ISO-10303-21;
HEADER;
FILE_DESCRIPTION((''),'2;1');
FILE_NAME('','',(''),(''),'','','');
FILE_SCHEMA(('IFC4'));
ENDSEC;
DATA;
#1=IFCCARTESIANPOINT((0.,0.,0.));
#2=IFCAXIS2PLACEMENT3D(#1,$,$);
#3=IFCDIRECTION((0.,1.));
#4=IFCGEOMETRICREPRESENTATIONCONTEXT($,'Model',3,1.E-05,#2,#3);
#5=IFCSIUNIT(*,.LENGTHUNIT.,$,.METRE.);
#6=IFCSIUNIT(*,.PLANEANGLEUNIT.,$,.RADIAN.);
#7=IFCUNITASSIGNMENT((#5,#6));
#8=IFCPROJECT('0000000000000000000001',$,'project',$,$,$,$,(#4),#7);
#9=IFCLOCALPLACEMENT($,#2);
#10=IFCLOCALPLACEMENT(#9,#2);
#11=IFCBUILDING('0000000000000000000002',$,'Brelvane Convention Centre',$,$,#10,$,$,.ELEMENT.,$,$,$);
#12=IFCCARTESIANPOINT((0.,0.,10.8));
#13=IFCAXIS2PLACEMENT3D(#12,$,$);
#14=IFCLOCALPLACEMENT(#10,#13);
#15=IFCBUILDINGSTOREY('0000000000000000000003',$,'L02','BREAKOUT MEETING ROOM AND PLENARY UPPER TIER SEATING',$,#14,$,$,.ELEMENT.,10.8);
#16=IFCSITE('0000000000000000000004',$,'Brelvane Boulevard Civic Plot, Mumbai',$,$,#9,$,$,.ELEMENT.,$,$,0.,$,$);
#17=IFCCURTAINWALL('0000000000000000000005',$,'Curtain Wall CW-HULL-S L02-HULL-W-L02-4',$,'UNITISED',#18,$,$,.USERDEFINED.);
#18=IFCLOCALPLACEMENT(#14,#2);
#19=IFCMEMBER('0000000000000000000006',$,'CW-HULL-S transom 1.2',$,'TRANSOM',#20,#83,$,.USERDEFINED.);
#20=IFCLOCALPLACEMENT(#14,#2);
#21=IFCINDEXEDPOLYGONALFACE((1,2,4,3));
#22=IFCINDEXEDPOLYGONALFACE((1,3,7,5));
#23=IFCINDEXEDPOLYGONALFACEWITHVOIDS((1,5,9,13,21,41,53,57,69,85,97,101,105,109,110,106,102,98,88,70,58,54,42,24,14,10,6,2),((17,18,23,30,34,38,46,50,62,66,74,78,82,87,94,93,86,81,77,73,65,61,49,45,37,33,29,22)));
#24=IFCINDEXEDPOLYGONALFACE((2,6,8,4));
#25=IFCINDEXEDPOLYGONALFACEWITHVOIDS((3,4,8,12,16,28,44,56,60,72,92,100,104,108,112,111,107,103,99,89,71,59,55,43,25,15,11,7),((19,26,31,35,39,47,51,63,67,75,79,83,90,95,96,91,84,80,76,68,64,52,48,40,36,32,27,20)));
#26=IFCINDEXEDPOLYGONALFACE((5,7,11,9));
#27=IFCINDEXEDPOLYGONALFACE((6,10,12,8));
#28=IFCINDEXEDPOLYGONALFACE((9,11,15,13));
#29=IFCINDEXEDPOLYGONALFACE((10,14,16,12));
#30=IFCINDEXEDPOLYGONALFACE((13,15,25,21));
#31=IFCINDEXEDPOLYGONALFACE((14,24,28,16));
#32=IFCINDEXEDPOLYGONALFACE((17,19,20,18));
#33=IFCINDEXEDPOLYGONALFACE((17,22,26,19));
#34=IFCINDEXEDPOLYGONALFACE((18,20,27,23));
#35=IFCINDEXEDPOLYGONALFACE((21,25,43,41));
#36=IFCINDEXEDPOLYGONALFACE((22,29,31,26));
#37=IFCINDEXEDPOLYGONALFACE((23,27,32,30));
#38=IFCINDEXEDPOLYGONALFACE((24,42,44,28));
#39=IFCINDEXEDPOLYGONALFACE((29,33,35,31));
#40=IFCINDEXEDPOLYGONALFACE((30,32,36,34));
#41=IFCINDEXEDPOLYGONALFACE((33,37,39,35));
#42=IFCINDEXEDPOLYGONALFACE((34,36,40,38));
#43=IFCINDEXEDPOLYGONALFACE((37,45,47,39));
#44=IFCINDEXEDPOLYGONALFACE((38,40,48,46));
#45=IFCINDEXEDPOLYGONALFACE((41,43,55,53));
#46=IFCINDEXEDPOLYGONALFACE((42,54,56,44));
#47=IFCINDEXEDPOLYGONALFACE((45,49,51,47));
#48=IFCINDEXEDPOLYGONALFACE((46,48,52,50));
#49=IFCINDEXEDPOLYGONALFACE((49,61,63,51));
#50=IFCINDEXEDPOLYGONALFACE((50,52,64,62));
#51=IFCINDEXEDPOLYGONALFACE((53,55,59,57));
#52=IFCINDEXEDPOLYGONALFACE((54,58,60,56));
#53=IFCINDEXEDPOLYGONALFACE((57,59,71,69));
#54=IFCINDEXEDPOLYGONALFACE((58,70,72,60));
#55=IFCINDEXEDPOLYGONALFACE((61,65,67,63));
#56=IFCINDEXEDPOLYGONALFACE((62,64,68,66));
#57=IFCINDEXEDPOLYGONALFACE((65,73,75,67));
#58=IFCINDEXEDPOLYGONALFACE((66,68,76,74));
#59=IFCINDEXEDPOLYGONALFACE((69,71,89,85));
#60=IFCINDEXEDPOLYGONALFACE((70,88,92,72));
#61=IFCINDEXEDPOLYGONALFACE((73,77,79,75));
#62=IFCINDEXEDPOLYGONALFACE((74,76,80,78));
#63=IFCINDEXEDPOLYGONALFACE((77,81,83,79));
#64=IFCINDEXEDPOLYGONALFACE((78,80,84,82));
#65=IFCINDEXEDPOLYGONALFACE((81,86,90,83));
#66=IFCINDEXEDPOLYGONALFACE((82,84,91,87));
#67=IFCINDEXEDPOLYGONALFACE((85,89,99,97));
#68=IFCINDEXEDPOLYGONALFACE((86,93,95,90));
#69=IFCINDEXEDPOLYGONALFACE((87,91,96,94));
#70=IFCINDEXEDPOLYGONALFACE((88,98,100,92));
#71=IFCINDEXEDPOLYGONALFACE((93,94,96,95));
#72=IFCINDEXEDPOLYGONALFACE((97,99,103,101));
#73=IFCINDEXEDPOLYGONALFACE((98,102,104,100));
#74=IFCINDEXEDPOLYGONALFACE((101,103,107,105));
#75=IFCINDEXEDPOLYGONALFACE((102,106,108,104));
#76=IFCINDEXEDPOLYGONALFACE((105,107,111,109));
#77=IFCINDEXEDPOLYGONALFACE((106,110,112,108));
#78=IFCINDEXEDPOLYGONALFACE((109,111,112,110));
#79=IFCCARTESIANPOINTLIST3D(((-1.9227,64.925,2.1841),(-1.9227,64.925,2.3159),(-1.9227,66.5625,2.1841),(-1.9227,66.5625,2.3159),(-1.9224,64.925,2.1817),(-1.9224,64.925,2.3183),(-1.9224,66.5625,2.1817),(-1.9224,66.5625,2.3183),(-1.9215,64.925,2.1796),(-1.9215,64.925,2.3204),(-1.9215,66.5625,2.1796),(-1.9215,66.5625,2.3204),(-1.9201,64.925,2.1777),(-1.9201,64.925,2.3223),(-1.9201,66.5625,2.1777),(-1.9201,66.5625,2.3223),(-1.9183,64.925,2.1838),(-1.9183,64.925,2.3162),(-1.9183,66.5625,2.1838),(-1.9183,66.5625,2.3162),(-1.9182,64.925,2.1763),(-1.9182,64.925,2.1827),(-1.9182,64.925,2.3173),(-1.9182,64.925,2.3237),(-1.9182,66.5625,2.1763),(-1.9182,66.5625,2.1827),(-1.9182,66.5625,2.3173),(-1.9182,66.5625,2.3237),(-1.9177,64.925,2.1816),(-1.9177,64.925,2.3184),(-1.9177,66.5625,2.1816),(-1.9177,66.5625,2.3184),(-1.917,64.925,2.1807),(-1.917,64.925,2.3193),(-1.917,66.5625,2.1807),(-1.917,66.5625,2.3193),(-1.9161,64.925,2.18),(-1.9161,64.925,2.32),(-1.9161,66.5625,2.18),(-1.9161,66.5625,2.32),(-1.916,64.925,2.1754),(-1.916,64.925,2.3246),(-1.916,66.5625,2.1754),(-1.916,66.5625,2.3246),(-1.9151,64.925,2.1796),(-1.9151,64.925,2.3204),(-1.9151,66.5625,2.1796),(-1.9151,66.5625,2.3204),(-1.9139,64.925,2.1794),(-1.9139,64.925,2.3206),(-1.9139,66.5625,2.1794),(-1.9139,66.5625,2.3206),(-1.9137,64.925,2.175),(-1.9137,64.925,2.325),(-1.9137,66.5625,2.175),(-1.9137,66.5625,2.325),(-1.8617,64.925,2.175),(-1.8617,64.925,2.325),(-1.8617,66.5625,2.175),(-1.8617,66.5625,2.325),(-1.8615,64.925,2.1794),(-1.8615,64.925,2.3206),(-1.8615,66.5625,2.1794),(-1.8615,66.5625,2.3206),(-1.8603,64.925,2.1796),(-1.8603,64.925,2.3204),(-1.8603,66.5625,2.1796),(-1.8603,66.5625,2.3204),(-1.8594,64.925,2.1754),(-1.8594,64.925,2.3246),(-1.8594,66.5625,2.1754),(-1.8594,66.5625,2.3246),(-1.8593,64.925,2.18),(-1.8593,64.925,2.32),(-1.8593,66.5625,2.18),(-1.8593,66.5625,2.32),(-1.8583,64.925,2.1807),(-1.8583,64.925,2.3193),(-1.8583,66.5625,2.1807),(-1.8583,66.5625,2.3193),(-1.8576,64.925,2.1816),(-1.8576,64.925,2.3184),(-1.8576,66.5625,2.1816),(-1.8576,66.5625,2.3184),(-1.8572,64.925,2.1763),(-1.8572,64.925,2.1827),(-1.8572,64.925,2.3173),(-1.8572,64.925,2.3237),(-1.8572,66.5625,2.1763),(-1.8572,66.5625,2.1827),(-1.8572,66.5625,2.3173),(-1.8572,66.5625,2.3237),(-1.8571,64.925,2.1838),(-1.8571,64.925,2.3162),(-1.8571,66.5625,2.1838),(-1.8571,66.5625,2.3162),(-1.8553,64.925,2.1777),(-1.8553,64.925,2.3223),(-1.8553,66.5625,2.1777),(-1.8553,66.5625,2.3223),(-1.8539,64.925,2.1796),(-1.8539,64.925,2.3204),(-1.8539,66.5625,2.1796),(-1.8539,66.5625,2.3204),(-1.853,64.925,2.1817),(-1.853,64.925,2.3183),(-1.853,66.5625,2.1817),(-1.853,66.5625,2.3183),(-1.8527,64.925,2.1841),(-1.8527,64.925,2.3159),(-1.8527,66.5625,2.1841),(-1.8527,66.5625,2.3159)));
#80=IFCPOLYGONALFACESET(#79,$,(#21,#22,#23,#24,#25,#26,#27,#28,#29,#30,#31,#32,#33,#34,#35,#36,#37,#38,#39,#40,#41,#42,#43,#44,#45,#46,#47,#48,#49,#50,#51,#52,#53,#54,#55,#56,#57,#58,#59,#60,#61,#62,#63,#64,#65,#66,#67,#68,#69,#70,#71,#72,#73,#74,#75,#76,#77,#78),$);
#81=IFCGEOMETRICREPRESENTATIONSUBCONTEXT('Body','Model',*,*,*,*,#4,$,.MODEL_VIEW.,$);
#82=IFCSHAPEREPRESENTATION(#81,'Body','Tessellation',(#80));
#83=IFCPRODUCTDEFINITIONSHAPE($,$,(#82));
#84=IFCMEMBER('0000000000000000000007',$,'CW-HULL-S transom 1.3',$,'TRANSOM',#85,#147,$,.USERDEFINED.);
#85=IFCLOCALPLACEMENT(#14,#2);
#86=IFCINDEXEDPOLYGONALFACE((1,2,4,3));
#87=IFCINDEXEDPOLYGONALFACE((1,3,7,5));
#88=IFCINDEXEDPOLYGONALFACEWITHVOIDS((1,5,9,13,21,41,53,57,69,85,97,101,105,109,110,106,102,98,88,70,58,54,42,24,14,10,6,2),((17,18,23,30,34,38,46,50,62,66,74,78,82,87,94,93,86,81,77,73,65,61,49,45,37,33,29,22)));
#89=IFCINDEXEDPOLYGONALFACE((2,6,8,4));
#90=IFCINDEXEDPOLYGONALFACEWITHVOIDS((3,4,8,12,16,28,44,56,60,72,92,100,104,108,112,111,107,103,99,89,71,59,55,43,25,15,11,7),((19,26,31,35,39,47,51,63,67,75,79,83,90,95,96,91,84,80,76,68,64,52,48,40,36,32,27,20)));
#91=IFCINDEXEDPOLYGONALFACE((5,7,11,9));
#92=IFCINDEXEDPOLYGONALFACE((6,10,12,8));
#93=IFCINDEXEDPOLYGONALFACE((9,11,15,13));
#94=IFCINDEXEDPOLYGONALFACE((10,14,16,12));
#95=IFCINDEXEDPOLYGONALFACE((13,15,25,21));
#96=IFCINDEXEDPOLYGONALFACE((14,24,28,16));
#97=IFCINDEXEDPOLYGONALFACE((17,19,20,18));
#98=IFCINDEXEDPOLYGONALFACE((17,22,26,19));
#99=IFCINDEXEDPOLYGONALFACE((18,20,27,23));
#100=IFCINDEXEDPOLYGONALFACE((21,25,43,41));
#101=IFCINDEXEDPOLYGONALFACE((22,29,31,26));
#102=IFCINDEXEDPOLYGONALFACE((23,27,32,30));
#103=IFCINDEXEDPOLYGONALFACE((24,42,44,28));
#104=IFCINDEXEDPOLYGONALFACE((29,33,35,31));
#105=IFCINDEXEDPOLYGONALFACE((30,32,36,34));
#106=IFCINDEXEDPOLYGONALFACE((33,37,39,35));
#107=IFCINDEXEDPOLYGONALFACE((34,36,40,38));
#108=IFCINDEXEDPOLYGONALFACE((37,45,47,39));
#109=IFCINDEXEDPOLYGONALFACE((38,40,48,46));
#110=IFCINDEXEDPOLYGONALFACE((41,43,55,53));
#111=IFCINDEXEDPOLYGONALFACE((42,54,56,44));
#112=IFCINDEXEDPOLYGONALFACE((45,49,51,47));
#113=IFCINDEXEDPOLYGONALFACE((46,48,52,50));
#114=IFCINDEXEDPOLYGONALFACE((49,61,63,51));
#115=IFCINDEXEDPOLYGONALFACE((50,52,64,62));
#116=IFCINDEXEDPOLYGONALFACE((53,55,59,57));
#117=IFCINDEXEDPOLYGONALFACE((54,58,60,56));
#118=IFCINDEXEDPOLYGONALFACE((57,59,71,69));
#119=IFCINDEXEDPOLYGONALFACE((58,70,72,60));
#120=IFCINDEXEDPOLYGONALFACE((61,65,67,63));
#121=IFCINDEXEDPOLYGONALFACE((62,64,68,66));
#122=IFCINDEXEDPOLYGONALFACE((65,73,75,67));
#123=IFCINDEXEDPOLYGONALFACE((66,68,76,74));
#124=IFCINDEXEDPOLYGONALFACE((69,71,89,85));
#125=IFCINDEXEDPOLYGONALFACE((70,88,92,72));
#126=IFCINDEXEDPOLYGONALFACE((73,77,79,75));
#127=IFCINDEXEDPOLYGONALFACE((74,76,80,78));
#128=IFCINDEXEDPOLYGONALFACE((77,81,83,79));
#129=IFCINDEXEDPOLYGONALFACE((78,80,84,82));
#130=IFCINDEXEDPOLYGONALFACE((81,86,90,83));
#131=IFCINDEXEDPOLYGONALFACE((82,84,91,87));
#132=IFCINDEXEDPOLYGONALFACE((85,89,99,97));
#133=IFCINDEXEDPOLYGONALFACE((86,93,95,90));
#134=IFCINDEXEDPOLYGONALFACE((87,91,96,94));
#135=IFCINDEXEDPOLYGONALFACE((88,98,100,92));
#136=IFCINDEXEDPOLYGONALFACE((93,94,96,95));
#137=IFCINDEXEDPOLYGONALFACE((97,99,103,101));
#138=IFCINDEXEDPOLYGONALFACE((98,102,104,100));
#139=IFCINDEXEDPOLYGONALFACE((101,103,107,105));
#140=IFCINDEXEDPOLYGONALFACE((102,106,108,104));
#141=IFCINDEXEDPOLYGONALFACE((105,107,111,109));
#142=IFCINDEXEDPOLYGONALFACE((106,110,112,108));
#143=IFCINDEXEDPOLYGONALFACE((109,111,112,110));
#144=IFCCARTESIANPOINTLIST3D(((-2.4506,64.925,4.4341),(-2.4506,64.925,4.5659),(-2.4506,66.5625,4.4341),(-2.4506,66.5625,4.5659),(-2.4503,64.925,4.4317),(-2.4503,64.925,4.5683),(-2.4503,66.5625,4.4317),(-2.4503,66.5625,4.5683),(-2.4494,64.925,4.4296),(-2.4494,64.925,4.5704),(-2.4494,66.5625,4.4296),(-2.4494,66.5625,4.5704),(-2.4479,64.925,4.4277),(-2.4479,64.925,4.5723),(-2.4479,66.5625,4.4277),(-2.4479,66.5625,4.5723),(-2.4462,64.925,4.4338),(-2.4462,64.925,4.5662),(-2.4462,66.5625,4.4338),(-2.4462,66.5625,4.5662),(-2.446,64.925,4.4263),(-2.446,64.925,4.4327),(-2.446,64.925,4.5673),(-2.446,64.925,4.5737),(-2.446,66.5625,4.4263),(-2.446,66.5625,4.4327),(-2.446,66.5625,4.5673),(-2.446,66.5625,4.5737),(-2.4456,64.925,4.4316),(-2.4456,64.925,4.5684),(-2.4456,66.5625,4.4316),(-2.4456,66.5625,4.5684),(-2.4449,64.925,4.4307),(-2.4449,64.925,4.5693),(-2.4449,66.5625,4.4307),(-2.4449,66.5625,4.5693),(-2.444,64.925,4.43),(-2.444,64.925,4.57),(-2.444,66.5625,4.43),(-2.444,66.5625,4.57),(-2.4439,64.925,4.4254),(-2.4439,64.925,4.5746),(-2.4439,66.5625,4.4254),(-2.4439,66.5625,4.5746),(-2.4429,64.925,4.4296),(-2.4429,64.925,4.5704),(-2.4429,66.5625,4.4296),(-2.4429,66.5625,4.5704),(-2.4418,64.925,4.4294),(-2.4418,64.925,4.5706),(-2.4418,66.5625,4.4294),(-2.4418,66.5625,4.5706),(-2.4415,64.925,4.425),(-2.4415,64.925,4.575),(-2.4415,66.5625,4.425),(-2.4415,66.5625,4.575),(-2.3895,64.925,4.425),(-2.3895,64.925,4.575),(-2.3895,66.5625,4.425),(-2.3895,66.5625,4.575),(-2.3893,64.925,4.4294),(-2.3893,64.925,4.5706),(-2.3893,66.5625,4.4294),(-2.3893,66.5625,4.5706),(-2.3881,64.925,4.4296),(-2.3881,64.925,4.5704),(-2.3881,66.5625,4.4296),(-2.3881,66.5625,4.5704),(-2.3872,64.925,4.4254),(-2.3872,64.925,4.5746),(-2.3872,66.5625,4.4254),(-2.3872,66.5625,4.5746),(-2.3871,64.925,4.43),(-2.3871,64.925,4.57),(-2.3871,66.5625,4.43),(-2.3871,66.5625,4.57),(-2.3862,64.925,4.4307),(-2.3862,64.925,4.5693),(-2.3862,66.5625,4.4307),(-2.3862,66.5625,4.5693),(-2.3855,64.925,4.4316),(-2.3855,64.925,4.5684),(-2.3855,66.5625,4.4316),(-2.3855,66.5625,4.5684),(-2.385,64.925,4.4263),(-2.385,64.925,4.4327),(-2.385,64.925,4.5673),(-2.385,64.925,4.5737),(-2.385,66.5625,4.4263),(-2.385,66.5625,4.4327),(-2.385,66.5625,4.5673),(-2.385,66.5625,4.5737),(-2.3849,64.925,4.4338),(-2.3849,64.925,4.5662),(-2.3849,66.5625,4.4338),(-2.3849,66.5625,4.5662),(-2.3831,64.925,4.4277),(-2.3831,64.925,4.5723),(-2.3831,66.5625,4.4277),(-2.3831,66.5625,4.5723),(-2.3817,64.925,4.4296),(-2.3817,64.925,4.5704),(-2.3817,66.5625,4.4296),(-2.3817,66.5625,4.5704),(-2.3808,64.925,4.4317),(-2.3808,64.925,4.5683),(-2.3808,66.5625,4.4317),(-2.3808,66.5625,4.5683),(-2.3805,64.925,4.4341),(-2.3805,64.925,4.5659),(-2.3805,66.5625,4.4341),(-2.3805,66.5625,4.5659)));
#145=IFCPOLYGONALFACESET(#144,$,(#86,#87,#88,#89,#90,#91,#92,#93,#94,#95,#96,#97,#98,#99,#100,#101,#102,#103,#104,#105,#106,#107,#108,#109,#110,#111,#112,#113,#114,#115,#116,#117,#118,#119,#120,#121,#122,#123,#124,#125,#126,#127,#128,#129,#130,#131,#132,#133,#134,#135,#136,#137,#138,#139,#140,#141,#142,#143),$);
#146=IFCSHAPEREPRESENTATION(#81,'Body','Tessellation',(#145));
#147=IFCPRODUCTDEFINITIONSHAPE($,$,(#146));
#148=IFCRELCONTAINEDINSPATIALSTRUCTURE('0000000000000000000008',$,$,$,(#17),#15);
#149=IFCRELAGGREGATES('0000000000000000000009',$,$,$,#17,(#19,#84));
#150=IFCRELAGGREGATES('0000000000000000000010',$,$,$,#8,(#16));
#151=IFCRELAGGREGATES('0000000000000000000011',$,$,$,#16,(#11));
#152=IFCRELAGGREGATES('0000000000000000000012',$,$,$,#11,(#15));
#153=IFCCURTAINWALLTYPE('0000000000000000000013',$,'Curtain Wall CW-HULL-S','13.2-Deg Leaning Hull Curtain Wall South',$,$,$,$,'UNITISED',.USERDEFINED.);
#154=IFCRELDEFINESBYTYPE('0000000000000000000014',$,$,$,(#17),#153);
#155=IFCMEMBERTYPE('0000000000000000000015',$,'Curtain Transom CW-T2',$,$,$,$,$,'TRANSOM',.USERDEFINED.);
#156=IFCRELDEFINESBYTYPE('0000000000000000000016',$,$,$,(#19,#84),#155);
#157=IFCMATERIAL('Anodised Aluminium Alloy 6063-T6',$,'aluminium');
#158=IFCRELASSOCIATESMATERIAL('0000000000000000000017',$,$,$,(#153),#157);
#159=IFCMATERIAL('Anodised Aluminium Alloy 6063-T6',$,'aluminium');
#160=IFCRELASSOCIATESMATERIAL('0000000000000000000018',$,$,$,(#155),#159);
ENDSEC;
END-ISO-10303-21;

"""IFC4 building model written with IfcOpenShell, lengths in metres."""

from ifc_helpers import new_model, si_unit, direction, frame, origin, origin_2d, place, context, subcontext, project, spatial, hollow_rectangle, extrude, material, material_profile, profile_set, type_object, element, aggregate, save


model = new_model("IFC4")

# Units and contexts
model_context = context("Model", 3, precision=1e-05, world=origin(), true_north=direction((0.0, 1.0)))
body_context = subcontext(model_context, "Body", "Model", "MODEL_VIEW")
ifc_project = project(units=[si_unit("LENGTHUNIT", "METRE"), si_unit("PLANEANGLEUNIT", "RADIAN")], contexts=[model_context])

# Site, building, storey
site_placement = place(None, origin())
site = spatial("IfcSite", under=ifc_project, at=site_placement, Name="Brelvane Boulevard Civic Plot, Mumbai", CompositionType="ELEMENT", RefElevation=0.0)
building_placement = place(site_placement, origin())
building = spatial("IfcBuilding", under=site, at=building_placement, Name="Brelvane Convention Centre", CompositionType="ELEMENT")
storey_placement = place(building_placement, frame((0.0, 0.0, 10.8)))
storey = spatial("IfcBuildingStorey", under=building, at=storey_placement, Name="L02", Description="BREAKOUT MEETING ROOM AND PLENARY UPPER TIER SEATING", CompositionType="ELEMENT", Elevation=10.8)

# Shared definitions
ifc_material_1 = material(Name="Anodised Aluminium Alloy 6063-T6", Category="aluminium")
curtain_wall_type = type_object("IfcCurtainWallType", Name="Curtain Wall CW-HULL-S", Description="13.2-Deg Leaning Hull Curtain Wall South", ElementType="UNITISED", PredefinedType="USERDEFINED", material=ifc_material_1)

# Curtain wall
curtain_wall_1_placement = place(storey_placement, origin())
curtain_wall_1 = element("IfcCurtainWall", 1, at=curtain_wall_1_placement, inside=storey, type_object=curtain_wall_type, Name="Curtain Wall CW-HULL-S L02-HULL-W-L02-4", ObjectType="UNITISED", PredefinedType="USERDEFINED")

# Members
ifc_material_2 = material(Name="Anodised Aluminium Alloy 6063-T6", Category="aluminium")
ifc_material_profile_1 = material_profile(ifc_material_2, hollow_rectangle(XDim=0.0701, YDim=0.1499, WallThickness=0.0044, InnerFilletRadius=0.0044, OuterFilletRadius=0.009, at=origin_2d()), Name="ALU-T 150x70x4.5")
ifc_profile_set_1 = profile_set([ifc_material_profile_1], Name="Anodised Aluminium Alloy 6063-T6")
member_type_1 = type_object("IfcMemberType", Name="Curtain Transom CW-T2", ElementType="TRANSOM", PredefinedType="USERDEFINED", material=ifc_profile_set_1)
member_1_placement = place(storey_placement, frame((-1.8877, 64.925, 2.25), z_axis=(0.0, 1.0, 0.0), x_axis=(-1.0, 0.0, 0.0)))
member_1 = element("IfcMember", 2, at=member_1_placement, type_object=member_type_1, Name="CW-HULL-S transom 1.2", ObjectType="TRANSOM", PredefinedType="USERDEFINED", context=body_context, shape_type="SweptSolid", body=[
    extrude(hollow_rectangle(XDim=0.0701, YDim=0.1499, WallThickness=0.0044, InnerFilletRadius=0.0044, OuterFilletRadius=0.009, at=origin_2d()), origin(), (0.0, 0.0, 1.0), 1.6375),
])
member_2_placement = place(storey_placement, frame((-2.4155, 64.925, 4.5), z_axis=(0.0, 1.0, 0.0), x_axis=(-1.0, 0.0, 0.0)))
member_2 = element("IfcMember", 3, at=member_2_placement, type_object=member_type_1, Name="CW-HULL-S transom 1.3", ObjectType="TRANSOM", PredefinedType="USERDEFINED", context=body_context, shape_type="SweptSolid", body=[
    extrude(hollow_rectangle(XDim=0.0701, YDim=0.1499, WallThickness=0.0044, InnerFilletRadius=0.0044, OuterFilletRadius=0.009, at=origin_2d()), origin(), (0.0, 0.0, 1.0), 1.6375),
])

aggregate(curtain_wall_1, [member_1, member_2])

save(model, "model.ifc")
